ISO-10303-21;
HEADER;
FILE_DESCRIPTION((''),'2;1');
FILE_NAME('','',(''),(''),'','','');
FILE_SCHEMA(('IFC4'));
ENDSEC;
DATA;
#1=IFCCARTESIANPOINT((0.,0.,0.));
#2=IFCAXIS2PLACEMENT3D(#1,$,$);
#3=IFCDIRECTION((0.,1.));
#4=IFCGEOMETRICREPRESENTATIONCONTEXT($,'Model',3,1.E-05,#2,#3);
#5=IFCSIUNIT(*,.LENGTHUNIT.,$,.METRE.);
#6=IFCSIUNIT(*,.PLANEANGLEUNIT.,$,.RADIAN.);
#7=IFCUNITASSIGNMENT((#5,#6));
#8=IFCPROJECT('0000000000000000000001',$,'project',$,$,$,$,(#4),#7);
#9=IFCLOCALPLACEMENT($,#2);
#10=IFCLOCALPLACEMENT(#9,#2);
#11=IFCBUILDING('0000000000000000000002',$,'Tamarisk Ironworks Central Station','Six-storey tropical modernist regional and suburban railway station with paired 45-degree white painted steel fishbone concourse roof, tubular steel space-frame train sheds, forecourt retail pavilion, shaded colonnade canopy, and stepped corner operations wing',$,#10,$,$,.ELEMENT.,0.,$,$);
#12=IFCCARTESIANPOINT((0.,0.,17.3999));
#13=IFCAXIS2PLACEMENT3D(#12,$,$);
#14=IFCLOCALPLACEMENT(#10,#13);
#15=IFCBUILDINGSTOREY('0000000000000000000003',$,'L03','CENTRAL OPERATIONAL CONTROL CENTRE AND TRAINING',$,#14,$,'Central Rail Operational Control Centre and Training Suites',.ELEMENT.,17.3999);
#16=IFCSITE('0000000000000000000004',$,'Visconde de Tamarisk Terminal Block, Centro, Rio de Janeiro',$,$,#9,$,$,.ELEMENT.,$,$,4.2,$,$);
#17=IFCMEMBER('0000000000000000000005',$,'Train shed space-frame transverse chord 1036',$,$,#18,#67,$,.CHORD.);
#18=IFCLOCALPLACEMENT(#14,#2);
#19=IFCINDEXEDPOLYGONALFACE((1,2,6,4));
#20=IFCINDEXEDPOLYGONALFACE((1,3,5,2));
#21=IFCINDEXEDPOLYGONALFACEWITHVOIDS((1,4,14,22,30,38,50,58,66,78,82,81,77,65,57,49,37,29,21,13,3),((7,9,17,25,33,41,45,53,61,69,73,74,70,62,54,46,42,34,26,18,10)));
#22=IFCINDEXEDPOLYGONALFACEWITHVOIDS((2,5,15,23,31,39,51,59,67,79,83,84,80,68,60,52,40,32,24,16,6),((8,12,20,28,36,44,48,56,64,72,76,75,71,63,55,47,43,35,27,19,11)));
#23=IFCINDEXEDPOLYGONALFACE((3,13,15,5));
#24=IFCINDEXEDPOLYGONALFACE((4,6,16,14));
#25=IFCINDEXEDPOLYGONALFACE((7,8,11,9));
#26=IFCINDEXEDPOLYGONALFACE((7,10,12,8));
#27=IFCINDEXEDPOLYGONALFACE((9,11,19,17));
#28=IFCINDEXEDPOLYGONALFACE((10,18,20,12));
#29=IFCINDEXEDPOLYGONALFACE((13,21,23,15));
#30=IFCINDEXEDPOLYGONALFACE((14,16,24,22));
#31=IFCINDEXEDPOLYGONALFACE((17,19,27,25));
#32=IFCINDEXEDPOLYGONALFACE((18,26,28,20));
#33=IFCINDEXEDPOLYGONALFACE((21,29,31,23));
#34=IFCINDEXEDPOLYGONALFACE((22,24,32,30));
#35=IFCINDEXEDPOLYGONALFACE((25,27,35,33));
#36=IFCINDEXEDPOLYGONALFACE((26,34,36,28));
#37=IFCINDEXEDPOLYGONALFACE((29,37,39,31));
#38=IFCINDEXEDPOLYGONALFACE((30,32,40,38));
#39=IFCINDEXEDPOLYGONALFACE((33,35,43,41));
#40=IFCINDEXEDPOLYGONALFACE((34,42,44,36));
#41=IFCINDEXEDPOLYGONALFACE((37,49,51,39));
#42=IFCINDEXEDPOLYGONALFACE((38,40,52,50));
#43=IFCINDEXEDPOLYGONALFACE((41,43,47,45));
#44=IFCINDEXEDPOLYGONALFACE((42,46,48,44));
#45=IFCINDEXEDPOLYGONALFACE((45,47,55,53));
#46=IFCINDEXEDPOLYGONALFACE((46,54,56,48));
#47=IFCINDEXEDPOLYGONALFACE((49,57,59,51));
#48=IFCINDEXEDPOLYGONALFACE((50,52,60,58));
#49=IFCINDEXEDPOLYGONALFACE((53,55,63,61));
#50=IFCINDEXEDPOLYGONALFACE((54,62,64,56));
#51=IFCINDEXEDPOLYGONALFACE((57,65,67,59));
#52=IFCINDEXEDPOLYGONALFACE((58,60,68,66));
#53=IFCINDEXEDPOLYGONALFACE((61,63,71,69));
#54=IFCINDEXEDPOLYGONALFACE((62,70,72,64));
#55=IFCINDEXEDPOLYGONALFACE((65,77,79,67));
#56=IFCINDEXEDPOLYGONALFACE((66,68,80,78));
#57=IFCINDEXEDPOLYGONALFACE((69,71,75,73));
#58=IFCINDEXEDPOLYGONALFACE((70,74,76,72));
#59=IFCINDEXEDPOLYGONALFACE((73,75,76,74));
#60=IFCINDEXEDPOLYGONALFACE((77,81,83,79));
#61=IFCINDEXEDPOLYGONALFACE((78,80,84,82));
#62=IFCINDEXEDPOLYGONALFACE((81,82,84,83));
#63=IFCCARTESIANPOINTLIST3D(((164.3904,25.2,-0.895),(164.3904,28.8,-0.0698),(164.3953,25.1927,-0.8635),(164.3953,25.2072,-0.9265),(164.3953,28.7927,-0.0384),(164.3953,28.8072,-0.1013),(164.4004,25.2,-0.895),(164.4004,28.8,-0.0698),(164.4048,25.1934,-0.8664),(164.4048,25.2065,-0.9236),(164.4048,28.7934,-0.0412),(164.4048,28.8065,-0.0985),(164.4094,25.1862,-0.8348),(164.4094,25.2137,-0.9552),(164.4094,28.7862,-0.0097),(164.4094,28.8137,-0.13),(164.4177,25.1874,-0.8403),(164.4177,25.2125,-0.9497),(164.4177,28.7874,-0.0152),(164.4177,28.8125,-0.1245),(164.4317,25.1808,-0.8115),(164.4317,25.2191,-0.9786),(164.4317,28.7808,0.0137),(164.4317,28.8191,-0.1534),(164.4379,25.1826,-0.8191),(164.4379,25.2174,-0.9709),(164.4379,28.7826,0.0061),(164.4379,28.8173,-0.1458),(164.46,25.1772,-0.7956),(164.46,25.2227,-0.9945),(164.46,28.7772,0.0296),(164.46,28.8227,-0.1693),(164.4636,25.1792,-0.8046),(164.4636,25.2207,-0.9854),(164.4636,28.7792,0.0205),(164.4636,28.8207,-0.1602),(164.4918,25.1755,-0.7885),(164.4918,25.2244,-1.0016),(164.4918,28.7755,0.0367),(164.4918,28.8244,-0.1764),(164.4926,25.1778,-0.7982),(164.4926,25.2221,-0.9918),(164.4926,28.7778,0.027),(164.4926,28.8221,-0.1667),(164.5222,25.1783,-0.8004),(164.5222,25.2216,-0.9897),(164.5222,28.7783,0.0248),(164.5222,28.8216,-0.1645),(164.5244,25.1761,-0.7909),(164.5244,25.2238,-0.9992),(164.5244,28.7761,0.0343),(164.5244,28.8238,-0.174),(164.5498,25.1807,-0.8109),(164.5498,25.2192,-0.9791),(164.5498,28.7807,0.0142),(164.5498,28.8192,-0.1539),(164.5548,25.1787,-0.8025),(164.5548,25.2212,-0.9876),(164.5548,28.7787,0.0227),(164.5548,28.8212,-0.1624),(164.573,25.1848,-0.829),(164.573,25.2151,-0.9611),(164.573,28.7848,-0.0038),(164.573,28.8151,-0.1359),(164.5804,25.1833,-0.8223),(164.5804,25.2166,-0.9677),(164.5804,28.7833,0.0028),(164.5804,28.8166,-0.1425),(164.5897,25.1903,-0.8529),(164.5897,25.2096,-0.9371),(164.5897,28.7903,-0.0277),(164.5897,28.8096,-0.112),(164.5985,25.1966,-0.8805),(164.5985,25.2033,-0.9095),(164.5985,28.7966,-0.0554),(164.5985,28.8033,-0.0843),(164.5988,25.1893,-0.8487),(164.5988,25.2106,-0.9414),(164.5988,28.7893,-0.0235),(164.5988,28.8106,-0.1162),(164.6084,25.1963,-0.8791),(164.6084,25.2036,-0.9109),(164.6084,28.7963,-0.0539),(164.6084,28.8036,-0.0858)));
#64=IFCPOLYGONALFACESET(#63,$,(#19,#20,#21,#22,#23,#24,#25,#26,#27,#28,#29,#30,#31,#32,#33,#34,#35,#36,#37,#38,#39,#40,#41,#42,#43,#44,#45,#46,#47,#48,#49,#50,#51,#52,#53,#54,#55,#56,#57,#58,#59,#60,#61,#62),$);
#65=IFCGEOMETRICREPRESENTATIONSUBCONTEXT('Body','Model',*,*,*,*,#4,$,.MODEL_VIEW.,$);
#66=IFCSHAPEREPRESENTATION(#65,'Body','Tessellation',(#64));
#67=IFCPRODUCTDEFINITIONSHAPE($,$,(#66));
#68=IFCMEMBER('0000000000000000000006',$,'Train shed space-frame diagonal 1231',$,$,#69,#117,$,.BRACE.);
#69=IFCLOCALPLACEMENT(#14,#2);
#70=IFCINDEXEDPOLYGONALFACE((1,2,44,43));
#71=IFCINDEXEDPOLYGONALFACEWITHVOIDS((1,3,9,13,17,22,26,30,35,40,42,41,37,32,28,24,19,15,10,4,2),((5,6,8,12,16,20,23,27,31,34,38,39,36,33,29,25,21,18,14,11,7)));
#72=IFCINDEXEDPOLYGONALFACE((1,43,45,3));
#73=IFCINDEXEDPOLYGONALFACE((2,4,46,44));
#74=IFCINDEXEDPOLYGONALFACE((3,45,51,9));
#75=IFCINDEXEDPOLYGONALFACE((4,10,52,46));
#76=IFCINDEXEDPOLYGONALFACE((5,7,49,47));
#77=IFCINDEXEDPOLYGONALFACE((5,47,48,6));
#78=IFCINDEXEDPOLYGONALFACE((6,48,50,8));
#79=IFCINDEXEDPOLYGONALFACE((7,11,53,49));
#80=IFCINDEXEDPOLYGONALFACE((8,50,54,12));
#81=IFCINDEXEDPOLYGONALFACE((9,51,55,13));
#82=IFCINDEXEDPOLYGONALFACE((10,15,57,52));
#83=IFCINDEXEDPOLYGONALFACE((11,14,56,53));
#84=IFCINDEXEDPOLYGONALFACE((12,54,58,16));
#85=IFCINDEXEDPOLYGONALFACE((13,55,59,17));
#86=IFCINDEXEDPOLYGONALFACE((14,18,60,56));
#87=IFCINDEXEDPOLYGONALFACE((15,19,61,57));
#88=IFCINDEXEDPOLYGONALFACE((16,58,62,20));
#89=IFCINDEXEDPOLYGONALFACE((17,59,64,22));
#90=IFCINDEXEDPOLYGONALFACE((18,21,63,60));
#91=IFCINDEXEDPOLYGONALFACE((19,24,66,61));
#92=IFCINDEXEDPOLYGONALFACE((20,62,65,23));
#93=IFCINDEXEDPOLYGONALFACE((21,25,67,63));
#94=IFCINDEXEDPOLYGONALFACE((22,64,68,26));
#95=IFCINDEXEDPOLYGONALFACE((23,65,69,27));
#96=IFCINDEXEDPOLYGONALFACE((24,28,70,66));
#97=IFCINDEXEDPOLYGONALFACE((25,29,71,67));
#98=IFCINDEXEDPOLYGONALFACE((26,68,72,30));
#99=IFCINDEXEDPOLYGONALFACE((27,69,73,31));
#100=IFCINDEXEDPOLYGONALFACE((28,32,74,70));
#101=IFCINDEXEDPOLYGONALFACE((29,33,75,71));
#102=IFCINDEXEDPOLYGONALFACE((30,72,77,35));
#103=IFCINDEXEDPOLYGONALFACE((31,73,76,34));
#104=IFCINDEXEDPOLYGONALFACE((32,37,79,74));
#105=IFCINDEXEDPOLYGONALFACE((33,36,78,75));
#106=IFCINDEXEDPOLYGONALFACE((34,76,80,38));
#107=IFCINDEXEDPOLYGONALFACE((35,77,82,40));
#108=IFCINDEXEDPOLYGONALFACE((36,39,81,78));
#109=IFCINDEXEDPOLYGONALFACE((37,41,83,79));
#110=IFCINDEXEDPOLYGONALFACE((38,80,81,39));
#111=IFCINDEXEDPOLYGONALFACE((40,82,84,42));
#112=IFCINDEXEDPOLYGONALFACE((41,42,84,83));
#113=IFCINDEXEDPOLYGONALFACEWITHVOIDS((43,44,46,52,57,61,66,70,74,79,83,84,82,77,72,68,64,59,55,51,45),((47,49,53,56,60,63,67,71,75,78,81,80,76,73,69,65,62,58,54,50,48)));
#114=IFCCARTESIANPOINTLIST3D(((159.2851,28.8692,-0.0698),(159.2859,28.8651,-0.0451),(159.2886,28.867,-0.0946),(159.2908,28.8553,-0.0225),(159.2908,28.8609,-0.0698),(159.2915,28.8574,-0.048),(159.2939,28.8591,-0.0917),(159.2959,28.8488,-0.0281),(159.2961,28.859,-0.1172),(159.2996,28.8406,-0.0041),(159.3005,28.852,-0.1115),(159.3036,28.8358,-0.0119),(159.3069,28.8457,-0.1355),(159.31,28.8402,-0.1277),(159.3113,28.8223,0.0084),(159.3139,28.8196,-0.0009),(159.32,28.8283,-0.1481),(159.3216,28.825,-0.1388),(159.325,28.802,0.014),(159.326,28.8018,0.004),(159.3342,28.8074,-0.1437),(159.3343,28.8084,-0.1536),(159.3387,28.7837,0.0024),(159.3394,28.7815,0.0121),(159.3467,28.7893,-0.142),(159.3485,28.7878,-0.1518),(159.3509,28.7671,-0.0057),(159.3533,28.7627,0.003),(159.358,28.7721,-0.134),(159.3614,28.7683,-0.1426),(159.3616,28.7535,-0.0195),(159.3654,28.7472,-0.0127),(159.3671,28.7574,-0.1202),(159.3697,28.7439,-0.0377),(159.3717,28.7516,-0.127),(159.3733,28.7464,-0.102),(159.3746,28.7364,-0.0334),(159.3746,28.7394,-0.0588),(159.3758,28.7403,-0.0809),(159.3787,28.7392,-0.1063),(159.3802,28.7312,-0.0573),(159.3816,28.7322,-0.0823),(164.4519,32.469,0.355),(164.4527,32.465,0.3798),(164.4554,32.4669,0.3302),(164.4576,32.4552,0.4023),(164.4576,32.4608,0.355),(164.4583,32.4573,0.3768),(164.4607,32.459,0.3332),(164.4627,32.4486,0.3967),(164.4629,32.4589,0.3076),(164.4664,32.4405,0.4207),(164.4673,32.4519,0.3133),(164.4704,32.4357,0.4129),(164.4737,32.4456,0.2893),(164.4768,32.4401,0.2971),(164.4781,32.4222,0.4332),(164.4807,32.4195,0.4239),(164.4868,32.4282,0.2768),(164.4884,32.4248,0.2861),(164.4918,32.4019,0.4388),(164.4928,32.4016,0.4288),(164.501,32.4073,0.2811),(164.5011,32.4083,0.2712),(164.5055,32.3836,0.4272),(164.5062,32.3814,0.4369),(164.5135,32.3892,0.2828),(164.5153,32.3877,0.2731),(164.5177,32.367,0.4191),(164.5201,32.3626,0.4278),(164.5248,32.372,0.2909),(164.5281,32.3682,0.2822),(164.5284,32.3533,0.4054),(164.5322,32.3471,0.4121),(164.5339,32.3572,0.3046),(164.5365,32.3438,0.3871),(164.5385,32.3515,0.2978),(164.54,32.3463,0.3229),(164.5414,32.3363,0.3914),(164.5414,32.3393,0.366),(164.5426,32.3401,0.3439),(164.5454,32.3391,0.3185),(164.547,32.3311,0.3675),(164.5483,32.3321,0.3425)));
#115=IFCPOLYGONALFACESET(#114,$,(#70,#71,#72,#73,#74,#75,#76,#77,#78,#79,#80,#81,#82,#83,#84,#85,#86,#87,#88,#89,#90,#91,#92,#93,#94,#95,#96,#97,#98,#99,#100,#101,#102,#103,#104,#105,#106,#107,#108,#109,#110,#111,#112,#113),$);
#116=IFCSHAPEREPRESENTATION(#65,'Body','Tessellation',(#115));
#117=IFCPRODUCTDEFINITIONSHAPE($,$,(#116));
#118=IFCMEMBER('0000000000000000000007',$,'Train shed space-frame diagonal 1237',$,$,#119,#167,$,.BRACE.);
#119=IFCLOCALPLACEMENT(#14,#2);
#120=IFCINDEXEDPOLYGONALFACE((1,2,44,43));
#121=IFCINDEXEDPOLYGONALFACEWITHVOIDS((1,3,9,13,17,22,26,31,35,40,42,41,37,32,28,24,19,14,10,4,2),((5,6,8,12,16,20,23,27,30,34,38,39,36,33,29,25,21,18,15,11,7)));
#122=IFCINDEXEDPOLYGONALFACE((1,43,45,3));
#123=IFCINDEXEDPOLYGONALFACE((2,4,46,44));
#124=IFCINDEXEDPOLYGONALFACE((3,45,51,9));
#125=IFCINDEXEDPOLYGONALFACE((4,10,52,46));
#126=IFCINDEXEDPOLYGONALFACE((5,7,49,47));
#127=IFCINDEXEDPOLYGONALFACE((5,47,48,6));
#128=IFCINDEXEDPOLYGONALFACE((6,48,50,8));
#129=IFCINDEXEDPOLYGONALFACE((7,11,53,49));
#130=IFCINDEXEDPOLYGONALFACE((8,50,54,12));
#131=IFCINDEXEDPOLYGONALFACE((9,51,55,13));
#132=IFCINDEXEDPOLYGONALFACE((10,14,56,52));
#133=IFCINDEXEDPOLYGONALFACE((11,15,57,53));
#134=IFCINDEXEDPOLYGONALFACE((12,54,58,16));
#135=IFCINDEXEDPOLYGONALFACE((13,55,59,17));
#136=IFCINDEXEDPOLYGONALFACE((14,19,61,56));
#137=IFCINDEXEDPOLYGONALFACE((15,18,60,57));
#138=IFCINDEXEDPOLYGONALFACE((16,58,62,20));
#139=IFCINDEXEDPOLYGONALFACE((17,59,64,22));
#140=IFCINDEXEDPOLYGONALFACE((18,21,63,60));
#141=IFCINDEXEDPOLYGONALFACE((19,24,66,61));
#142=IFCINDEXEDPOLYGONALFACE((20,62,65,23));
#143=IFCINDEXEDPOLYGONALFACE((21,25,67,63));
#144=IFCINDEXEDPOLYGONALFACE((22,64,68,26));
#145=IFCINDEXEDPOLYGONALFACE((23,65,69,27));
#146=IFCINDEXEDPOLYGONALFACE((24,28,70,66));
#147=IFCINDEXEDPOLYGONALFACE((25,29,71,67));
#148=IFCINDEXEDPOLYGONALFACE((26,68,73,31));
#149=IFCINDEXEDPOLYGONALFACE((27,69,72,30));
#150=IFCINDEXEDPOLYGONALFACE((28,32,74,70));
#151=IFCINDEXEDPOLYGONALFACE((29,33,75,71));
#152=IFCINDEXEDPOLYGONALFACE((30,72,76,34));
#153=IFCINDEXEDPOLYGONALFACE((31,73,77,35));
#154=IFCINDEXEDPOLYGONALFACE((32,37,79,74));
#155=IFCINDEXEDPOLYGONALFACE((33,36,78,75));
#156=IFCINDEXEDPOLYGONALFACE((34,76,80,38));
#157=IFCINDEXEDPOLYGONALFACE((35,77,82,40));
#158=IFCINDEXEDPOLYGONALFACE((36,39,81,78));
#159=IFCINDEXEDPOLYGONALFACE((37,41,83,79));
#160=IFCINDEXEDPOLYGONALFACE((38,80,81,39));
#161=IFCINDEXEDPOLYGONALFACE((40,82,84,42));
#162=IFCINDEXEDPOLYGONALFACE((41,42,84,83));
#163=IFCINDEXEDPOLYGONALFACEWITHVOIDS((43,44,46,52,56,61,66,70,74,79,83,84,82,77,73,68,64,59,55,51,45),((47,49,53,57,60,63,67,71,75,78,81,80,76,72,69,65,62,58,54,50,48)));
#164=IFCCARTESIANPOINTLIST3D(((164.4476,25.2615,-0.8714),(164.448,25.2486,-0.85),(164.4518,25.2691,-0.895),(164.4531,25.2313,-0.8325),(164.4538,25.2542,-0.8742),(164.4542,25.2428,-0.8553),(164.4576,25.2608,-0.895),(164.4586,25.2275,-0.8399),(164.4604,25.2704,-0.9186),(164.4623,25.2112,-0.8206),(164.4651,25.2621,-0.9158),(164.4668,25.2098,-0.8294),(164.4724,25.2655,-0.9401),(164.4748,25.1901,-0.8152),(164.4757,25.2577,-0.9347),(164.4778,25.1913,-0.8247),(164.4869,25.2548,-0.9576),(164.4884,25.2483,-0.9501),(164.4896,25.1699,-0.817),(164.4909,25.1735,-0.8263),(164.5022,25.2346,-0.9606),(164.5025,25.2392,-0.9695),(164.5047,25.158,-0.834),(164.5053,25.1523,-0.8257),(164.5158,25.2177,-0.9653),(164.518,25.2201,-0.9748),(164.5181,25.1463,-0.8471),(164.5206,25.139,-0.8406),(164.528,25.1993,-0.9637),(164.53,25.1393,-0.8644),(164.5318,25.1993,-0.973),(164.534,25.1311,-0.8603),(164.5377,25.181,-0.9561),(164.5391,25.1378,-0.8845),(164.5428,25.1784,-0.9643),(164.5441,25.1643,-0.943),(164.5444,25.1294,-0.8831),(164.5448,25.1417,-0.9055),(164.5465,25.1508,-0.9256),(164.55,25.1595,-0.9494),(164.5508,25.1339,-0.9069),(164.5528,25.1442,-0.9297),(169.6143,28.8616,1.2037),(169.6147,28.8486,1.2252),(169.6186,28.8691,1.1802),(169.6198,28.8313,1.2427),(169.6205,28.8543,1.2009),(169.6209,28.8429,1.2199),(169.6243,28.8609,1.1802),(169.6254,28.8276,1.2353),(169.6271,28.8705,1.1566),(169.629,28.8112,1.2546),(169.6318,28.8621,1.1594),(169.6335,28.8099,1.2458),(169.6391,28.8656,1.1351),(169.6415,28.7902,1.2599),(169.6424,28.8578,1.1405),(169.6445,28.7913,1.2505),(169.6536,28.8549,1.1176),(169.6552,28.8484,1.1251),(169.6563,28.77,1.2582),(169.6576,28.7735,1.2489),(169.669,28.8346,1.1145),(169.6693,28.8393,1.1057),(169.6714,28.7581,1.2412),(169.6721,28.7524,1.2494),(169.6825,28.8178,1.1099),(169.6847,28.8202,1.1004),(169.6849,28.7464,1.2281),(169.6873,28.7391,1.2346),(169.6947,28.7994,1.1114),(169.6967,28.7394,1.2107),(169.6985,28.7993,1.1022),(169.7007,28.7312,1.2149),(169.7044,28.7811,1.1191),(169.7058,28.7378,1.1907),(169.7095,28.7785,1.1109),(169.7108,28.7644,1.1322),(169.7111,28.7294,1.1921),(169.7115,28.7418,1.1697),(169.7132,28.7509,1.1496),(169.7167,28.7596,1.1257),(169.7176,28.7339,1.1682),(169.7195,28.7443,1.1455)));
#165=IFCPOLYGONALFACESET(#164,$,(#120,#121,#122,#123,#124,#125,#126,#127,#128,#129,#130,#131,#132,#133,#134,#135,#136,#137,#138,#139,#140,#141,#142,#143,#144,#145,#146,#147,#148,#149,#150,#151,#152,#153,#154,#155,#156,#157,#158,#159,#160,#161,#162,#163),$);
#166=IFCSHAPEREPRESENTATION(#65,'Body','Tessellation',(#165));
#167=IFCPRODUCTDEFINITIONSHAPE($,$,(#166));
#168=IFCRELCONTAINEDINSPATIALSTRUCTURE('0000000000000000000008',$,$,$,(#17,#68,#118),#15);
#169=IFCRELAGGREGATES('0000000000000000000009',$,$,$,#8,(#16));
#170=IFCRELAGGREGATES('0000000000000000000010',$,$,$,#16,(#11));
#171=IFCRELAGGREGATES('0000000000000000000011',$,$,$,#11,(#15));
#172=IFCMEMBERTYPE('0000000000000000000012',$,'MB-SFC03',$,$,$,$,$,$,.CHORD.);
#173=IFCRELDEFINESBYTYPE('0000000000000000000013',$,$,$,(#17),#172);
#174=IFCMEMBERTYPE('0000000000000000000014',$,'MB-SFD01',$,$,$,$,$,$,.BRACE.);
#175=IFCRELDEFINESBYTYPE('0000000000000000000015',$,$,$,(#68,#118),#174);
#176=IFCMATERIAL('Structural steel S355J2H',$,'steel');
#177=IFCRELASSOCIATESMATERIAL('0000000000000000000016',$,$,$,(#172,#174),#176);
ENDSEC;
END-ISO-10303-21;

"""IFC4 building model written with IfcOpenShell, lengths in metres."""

from ifc_helpers import new_model, si_unit, direction, frame, origin, origin_2d, place, context, subcontext, project, spatial, hollow_circle, extrude, material, material_profile, profile_set, type_object, element, save


model = new_model("IFC4")

# Units and contexts
model_context = context("Model", 3, precision=1e-05, world=origin(), true_north=direction((0.0, 1.0)))
body_context = subcontext(model_context, "Body", "Model", "MODEL_VIEW")
ifc_project = project(units=[si_unit("LENGTHUNIT", "METRE"), si_unit("PLANEANGLEUNIT", "RADIAN")], contexts=[model_context])

# Site, building, storey
site_placement = place(None, origin())
site = spatial("IfcSite", under=ifc_project, at=site_placement, Name="Visconde de Tamarisk Terminal Block, Centro, Rio de Janeiro", CompositionType="ELEMENT", RefElevation=4.2)
building_placement = place(site_placement, origin())
building = spatial("IfcBuilding", under=site, at=building_placement, Name="Tamarisk Ironworks Central Station", Description="Six-storey tropical modernist regional and suburban railway station with paired 45-degree white painted steel fishbone concourse roof, tubular steel space-frame train sheds, forecourt retail pavilion, shaded colonnade canopy, and stepped corner operations wing", CompositionType="ELEMENT", ElevationOfRefHeight=0.0)
storey_placement = place(building_placement, frame((0.0, 0.0, 17.3999)))
storey = spatial("IfcBuildingStorey", under=building, at=storey_placement, Name="L03", Description="CENTRAL OPERATIONAL CONTROL CENTRE AND TRAINING", LongName="Central Rail Operational Control Centre and Training Suites", CompositionType="ELEMENT", Elevation=17.3999)

# Members
ifc_material = material(Name="Structural steel S355J2H", Category="steel")
ifc_material_profile_1 = material_profile(ifc_material, hollow_circle(Radius=0.1096, WallThickness=0.01, at=origin_2d()), Name="CHS 219.1x10")
ifc_profile_set_1 = profile_set([ifc_material_profile_1], Name="Structural steel S355J2H")
member_type_1 = type_object("IfcMemberType", Name="MB-SFC03", PredefinedType="CHORD", material=ifc_profile_set_1)
member_1_placement = place(storey_placement, frame((164.5, 25.2, -0.895), z_axis=(0.0, 0.974722, 0.223421), x_axis=(-1.0, 0.0, 0.0)))
element("IfcMember", 1, at=member_1_placement, inside=storey, type_object=member_type_1, Name="Train shed space-frame transverse chord 1036", PredefinedType="CHORD", context=body_context, shape_type="SweptSolid", body=[
    extrude(hollow_circle(Radius=0.1096, WallThickness=0.01, at=origin_2d()), origin(), (0.0, 0.0, 1.0), 3.6934),
])
ifc_material_profile_2 = material_profile(ifc_material, hollow_circle(Radius=0.0842, WallThickness=0.01, at=origin_2d()), Name="CHS 168.3x10")
ifc_profile_set_2 = profile_set([ifc_material_profile_2], Name="Structural steel S355J2H")
member_type_2 = type_object("IfcMemberType", Name="MB-SFD01", PredefinedType="BRACE", material=ifc_profile_set_2)
member_2_placement = place(storey_placement, frame((159.3333, 28.8, -0.0698), z_axis=(0.818628, 0.570367, 0.067307), x_axis=(-0.571663, 0.820489, 0.0)))
element("IfcMember", 2, at=member_2_placement, inside=storey, type_object=member_type_2, Name="Train shed space-frame diagonal 1231", PredefinedType="BRACE", context=body_context, shape_type="SweptSolid", body=[
    extrude(hollow_circle(Radius=0.0842, WallThickness=0.01, at=origin_2d()), origin(), (0.0, 0.0, 1.0), 6.3115),
])
member_3_placement = place(storey_placement, frame((164.5, 25.2, -0.895), z_axis=(0.779249, 0.542967, 0.312981), x_axis=(-0.571689, 0.82047, 0.0)))
element("IfcMember", 3, at=member_3_placement, inside=storey, type_object=member_type_2, Name="Train shed space-frame diagonal 1237", PredefinedType="BRACE", context=body_context, shape_type="SweptSolid", body=[
    extrude(hollow_circle(Radius=0.0842, WallThickness=0.01, at=origin_2d()), origin(), (0.0, 0.0, 1.0), 6.6304),
])

save(model, "model.ifc")
